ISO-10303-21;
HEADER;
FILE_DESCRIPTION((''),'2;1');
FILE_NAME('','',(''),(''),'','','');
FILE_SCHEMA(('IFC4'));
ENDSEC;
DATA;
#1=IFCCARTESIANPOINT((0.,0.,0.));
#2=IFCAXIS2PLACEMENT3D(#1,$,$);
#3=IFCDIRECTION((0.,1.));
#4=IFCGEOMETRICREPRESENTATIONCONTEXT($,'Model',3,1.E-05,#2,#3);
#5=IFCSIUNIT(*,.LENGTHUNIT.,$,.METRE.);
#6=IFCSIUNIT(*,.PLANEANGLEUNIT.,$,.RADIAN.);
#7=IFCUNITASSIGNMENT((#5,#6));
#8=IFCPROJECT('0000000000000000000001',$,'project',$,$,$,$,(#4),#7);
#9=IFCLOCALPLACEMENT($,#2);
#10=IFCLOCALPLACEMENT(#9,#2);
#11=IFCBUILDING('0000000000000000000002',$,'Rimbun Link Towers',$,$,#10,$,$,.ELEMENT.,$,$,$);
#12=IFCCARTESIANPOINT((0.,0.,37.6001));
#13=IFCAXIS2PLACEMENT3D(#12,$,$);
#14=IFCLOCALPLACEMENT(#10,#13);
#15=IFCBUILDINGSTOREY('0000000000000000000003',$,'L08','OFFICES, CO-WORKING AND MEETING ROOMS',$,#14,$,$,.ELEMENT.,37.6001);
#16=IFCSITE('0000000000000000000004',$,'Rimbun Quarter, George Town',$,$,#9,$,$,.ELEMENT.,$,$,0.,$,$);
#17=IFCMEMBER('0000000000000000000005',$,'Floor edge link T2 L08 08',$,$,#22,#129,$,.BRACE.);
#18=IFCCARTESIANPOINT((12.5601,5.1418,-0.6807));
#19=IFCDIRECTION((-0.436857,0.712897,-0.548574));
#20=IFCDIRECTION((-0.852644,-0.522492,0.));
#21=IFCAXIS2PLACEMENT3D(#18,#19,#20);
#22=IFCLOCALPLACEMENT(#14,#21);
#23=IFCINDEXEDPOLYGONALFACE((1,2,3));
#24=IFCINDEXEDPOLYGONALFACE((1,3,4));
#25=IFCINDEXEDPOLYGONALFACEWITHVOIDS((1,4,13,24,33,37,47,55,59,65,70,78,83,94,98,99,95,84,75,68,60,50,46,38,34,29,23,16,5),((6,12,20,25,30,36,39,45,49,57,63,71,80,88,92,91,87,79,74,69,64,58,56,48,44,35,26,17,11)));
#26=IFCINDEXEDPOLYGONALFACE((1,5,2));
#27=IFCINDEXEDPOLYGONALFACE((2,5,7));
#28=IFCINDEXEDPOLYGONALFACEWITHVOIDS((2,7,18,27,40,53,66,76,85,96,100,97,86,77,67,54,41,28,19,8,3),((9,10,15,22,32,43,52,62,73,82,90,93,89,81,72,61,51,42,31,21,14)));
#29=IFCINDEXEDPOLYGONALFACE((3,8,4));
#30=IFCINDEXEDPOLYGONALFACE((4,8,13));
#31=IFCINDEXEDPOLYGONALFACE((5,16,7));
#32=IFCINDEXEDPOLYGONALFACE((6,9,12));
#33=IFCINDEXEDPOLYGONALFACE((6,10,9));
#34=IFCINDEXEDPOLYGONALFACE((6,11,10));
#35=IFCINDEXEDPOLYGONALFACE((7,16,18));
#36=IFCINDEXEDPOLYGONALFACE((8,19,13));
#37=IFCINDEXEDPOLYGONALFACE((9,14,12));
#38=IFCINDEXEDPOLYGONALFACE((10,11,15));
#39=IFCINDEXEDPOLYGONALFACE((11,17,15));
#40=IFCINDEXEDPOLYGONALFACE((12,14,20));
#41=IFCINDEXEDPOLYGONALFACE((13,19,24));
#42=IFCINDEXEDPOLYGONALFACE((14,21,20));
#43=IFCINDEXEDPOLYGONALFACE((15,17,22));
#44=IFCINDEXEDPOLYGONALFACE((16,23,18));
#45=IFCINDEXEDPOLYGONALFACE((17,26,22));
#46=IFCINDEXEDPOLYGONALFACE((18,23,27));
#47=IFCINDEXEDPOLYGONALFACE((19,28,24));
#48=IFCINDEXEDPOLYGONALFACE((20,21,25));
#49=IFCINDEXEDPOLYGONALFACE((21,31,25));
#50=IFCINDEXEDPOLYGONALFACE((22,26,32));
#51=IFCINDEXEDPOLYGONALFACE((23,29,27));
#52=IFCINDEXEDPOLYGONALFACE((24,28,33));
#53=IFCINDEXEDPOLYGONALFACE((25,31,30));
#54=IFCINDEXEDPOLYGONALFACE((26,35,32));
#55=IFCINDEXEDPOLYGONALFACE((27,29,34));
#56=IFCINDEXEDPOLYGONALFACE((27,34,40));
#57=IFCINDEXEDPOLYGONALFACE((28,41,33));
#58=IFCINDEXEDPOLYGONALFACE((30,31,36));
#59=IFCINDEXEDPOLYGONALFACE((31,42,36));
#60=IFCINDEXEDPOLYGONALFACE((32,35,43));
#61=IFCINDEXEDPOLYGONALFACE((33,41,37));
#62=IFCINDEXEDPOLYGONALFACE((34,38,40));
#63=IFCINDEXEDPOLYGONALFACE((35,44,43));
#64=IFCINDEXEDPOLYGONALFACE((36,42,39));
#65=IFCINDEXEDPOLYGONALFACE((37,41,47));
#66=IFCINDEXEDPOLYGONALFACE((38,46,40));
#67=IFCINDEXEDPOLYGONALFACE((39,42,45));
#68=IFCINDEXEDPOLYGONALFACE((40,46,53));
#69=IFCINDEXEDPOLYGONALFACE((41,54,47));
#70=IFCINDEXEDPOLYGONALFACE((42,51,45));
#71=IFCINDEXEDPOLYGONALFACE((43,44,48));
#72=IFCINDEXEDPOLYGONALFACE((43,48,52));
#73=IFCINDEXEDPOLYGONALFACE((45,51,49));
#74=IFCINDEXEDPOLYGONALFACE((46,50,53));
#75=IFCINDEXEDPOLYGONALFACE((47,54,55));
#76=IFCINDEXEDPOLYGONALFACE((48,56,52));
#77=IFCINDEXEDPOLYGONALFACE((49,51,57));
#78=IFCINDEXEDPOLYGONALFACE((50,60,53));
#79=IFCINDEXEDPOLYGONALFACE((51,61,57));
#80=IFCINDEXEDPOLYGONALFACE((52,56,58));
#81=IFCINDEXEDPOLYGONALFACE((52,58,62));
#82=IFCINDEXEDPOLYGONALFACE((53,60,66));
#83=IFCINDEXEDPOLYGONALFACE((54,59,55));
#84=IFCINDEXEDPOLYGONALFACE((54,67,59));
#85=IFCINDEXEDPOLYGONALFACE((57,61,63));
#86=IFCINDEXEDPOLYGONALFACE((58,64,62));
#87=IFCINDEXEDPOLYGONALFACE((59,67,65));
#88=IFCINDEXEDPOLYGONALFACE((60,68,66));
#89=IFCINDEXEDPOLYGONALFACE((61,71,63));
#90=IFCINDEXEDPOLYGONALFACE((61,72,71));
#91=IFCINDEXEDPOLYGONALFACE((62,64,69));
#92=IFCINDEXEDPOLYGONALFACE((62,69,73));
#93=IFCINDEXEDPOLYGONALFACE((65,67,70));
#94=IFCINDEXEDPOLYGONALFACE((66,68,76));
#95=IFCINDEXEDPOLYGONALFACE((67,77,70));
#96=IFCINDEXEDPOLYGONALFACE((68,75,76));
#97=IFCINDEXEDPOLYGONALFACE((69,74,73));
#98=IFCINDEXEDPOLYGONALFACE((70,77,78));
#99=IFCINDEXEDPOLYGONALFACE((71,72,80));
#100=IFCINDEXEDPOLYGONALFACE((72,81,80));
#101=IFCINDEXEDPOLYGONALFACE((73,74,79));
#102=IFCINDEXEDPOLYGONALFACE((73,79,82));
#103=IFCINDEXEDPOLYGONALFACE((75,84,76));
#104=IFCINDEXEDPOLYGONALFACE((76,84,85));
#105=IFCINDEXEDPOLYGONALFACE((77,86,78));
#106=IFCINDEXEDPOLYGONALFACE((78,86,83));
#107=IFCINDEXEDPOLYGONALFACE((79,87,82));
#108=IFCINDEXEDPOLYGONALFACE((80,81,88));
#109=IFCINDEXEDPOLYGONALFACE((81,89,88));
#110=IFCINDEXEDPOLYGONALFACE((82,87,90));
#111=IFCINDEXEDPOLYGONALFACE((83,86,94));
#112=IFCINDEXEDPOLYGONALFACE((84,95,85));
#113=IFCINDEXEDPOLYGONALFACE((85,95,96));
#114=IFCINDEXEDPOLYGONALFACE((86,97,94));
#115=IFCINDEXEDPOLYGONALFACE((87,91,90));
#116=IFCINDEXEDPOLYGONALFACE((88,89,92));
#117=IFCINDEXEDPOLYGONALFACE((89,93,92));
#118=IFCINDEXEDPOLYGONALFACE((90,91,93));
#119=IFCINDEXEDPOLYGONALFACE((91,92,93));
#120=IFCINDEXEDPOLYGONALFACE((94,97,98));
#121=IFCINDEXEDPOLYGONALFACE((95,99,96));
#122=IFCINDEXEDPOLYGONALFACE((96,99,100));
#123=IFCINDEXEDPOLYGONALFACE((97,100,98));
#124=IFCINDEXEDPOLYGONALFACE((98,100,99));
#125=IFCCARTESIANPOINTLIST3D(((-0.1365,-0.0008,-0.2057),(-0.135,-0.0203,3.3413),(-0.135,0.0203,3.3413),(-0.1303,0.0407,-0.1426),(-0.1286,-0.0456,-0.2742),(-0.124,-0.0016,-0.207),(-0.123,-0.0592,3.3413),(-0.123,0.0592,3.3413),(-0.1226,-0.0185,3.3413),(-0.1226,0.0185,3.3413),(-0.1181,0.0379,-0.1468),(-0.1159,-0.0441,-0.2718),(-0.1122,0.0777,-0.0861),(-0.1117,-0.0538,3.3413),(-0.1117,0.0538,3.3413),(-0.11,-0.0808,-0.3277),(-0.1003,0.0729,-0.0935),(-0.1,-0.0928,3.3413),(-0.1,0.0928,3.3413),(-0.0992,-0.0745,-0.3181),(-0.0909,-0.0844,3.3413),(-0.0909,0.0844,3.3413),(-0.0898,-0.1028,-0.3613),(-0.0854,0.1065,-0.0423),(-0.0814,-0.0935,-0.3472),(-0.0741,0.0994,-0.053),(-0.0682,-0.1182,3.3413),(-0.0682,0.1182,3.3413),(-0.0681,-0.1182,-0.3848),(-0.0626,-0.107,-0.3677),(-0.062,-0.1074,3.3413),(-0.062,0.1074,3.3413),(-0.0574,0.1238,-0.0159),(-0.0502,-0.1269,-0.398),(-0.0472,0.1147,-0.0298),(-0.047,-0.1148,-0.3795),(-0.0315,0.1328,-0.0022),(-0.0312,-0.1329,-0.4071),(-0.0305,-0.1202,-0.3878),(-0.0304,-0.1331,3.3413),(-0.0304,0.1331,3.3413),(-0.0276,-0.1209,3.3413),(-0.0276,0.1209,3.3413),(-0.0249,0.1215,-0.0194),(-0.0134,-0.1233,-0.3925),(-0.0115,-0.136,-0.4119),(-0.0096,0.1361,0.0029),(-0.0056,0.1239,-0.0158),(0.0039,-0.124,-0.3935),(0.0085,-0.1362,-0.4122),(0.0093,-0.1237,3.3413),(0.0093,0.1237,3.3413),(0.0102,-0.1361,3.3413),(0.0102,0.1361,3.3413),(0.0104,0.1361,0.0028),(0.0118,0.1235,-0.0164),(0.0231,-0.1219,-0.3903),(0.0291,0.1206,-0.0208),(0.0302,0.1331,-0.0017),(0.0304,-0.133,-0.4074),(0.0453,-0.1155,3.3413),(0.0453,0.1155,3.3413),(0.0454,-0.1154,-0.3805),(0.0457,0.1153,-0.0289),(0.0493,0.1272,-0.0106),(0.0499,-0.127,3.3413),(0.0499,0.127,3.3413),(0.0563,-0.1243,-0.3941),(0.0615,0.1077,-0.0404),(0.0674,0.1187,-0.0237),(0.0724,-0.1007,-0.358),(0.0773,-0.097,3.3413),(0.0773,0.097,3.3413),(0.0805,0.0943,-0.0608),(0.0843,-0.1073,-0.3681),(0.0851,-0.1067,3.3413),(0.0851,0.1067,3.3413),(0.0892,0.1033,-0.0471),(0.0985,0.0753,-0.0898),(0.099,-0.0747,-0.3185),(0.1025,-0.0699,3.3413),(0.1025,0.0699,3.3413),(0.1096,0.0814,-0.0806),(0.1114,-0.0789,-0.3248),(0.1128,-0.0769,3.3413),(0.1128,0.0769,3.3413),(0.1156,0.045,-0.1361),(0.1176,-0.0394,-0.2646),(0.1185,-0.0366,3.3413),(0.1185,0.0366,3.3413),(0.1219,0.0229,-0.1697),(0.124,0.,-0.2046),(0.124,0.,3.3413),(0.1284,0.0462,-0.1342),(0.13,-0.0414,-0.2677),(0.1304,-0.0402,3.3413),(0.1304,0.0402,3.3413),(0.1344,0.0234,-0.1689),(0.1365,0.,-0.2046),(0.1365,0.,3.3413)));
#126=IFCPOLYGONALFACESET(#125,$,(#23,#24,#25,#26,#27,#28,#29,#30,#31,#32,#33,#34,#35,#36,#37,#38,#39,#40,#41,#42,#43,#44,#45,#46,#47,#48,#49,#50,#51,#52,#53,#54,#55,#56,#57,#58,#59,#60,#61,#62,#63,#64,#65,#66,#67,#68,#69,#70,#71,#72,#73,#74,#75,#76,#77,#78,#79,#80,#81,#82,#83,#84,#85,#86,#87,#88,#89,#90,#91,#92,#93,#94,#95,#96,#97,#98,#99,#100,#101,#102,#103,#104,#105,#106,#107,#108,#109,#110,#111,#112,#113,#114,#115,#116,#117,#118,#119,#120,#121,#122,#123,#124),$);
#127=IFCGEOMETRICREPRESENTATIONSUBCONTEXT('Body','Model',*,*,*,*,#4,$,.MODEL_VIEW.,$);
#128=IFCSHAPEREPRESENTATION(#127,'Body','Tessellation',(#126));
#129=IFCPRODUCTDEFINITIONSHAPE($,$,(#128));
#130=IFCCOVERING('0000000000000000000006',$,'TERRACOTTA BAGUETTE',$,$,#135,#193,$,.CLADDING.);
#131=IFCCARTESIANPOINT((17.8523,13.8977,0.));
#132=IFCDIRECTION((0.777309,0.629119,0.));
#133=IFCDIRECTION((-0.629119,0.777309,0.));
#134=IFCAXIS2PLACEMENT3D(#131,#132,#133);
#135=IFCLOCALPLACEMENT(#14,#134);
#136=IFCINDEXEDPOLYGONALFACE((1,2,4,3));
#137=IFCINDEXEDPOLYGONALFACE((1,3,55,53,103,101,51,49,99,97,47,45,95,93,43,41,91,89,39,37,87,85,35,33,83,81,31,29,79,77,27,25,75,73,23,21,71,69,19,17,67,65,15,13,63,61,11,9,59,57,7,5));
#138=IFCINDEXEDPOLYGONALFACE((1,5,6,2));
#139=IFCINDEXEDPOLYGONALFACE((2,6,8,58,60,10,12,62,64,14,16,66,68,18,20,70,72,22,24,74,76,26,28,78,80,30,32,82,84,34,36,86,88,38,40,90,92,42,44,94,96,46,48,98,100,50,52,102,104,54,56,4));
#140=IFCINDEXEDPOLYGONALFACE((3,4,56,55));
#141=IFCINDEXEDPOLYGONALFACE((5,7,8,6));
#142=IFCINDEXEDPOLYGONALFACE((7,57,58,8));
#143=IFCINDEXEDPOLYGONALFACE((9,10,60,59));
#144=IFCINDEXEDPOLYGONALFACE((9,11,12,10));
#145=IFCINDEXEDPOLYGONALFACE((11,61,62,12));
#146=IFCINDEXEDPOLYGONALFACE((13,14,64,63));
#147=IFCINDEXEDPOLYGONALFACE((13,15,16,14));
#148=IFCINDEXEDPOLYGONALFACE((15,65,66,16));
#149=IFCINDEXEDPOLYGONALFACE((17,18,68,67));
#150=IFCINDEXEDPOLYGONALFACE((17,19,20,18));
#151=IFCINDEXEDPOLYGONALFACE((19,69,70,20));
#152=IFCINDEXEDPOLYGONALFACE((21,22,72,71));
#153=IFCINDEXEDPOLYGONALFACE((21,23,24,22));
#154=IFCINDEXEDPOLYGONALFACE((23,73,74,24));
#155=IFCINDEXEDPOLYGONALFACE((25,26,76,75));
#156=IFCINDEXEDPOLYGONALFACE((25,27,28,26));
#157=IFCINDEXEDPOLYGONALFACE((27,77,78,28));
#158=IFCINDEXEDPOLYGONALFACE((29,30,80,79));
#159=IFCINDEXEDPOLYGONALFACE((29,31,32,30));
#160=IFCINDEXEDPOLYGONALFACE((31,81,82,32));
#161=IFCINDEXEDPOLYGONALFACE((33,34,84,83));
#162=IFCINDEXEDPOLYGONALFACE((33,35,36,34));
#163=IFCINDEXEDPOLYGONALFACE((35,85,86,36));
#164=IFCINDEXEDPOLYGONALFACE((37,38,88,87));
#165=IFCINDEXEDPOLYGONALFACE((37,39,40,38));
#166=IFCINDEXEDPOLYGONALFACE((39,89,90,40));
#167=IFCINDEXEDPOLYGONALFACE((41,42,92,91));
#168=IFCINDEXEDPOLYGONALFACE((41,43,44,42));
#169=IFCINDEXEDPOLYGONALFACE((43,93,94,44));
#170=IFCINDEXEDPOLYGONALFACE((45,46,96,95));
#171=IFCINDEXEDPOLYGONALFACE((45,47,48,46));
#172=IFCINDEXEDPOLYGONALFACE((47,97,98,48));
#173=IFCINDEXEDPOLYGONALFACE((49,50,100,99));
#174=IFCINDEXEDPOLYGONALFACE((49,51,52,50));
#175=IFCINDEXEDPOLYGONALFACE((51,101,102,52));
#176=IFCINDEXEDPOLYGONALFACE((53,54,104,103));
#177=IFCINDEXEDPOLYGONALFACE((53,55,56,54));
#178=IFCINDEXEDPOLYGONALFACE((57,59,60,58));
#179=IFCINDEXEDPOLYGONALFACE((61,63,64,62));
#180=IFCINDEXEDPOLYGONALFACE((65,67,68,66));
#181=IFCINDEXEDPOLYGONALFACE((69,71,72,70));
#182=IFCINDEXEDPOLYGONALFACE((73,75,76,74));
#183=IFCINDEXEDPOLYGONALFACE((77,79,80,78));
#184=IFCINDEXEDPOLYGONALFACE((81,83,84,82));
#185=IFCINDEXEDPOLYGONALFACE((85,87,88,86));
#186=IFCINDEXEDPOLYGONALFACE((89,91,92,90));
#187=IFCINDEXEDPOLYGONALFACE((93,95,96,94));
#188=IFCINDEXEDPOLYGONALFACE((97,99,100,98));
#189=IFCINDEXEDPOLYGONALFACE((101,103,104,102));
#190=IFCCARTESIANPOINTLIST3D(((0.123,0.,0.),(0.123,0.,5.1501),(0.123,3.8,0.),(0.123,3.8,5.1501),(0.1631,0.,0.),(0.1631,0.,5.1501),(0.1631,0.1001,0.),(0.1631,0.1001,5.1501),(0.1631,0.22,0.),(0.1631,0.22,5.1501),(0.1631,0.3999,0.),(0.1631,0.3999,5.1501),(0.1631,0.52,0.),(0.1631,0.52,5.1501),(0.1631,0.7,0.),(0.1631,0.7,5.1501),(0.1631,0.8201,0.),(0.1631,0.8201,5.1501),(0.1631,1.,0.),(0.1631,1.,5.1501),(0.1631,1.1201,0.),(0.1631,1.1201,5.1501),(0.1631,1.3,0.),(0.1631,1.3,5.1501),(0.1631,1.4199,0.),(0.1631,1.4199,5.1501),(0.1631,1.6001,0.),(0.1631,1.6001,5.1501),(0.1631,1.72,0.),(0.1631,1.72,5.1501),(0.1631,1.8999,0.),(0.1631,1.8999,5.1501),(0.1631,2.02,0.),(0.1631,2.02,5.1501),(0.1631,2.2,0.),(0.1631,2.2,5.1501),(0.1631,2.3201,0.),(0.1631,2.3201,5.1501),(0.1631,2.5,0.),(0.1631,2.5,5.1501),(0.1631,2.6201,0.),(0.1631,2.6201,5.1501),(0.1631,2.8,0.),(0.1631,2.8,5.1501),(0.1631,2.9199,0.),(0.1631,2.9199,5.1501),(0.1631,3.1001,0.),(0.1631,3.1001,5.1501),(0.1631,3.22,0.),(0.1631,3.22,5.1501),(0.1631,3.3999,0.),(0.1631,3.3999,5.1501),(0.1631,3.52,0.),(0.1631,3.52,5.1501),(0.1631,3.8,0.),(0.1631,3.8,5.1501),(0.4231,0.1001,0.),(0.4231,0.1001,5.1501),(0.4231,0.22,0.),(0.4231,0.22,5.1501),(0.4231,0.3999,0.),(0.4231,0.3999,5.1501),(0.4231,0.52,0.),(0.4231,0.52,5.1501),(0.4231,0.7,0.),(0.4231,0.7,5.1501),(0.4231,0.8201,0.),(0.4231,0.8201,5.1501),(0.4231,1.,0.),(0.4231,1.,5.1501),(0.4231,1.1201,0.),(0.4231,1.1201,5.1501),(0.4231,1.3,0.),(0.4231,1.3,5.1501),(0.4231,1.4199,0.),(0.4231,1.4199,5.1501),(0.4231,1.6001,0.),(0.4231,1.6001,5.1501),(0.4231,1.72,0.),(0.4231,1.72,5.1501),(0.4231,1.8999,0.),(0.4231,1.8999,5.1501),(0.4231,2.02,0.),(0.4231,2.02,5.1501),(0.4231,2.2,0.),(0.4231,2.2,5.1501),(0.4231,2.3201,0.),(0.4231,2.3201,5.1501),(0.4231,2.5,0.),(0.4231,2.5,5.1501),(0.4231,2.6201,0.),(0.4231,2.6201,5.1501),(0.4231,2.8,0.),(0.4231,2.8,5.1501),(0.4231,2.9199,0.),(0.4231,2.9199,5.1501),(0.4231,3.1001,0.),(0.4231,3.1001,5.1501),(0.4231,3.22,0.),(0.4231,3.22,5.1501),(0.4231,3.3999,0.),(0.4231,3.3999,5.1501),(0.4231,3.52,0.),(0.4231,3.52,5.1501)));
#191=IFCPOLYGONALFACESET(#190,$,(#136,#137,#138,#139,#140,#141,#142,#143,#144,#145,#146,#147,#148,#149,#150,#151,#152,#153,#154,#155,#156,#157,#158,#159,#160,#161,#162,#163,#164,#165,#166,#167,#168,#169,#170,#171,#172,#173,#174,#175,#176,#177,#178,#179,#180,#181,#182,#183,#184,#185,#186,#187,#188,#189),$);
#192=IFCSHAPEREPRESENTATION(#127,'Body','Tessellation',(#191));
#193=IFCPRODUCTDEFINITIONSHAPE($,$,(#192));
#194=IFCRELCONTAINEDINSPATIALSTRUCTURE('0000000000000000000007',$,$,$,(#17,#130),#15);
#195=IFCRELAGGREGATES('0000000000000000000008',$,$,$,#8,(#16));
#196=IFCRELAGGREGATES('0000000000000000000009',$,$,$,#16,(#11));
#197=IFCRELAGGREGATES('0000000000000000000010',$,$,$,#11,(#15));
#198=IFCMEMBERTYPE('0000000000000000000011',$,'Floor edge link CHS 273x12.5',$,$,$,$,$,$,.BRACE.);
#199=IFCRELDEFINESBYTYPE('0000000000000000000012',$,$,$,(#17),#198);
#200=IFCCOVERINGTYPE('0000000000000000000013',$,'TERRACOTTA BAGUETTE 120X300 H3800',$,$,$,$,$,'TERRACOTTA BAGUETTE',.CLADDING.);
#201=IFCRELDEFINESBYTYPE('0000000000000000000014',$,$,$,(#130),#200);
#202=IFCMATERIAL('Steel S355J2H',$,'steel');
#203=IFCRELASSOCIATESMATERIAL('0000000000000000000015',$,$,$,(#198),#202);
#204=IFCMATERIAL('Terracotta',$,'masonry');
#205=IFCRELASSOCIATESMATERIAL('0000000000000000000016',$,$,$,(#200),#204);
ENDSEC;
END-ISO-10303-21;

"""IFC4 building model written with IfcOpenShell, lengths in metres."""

from ifc_helpers import new_model, si_unit, direction, frame, origin, origin_2d, place, context, subcontext, project, spatial, polyline, hollow_circle, outline, extrude, clip, halfspace, material, material_profile, profile_set, type_object, element, save


model = new_model("IFC4")

# Units and contexts
model_context = context("Model", 3, precision=1e-05, world=origin(), true_north=direction((0.0, 1.0)))
body_context = subcontext(model_context, "Body", "Model", "MODEL_VIEW")
ifc_project = project(units=[si_unit("LENGTHUNIT", "METRE"), si_unit("PLANEANGLEUNIT", "RADIAN")], contexts=[model_context])

# Site, building, storey
site_placement = place(None, origin())
site = spatial("IfcSite", under=ifc_project, at=site_placement, Name="Rimbun Quarter, George Town", CompositionType="ELEMENT", RefElevation=0.0)
building_placement = place(site_placement, origin())
building = spatial("IfcBuilding", under=site, at=building_placement, Name="Rimbun Link Towers", CompositionType="ELEMENT")
storey_placement = place(building_placement, frame((0.0, 0.0, 37.6001)))
storey = spatial("IfcBuildingStorey", under=building, at=storey_placement, Name="L08", Description="OFFICES, CO-WORKING AND MEETING ROOMS", CompositionType="ELEMENT", Elevation=37.6001)

# Member
ifc_material_1 = material(Name="Steel S355J2H", Category="steel")
ifc_material_profile_1 = material_profile(ifc_material_1, hollow_circle(Radius=0.1365, WallThickness=0.0125, at=origin_2d()), Name="CHS 273x12.5")
ifc_profile_set_1 = profile_set([ifc_material_profile_1], Name="Steel S355J2H")
member_type_1 = type_object("IfcMemberType", Name="Floor edge link CHS 273x12.5", PredefinedType="BRACE", material=ifc_profile_set_1)
member_1_placement = place(storey_placement, frame((12.5601, 5.1418, -0.6807), z_axis=(-0.436857, 0.712897, -0.548574), x_axis=(-0.852644, -0.522492, 0.0)))
element("IfcMember", 1, at=member_1_placement, inside=storey, type_object=member_type_1, Name="Floor edge link T2 L08 08", PredefinedType="BRACE", context=body_context, shape_type="Clipping", body=[
    clip(extrude(hollow_circle(Radius=0.1365, WallThickness=0.0125, at=origin_2d()), frame((0.0, 0.0, -0.4343)), (0.0, 0.0, 1.0), 3.7756), halfspace(frame((0.0, 0.0, -0.2046), z_axis=(0.0, 0.836102, -0.548574)), False)),
])

# Covering
ifc_material_2 = material(Name="Terracotta", Category="masonry")
ifc_material_profile_2 = material_profile(ifc_material_2, outline(polyline([(0.123, 0.0), (0.1631, 0.0), (0.1631, 0.1001), (0.4231, 0.1001), (0.4231, 0.22), (0.1631, 0.22), (0.1631, 0.3999), (0.4231, 0.3999), (0.4231, 0.52), (0.1631, 0.52), (0.1631, 0.7), (0.4231, 0.7), (0.4231, 0.8201), (0.1631, 0.8201), (0.1631, 1.0), (0.4231, 1.0), (0.4231, 1.1201), (0.1631, 1.1201), (0.1631, 1.3), (0.4231, 1.3), (0.4231, 1.4199), (0.1631, 1.4199), (0.1631, 1.6001), (0.4231, 1.6001), (0.4231, 1.72), (0.1631, 1.72), (0.1631, 1.8999), (0.4231, 1.8999), (0.4231, 2.02), (0.1631, 2.02), (0.1631, 2.2), (0.4231, 2.2), (0.4231, 2.3201), (0.1631, 2.3201), (0.1631, 2.5), (0.4231, 2.5), (0.4231, 2.6201), (0.1631, 2.6201), (0.1631, 2.8), (0.4231, 2.8), (0.4231, 2.9199), (0.1631, 2.9199), (0.1631, 3.1001), (0.4231, 3.1001), (0.4231, 3.22), (0.1631, 3.22), (0.1631, 3.3999), (0.4231, 3.3999), (0.4231, 3.52), (0.1631, 3.52), (0.1631, 3.8), (0.123, 3.8), (0.123, 0.0)])), Name="BAGUETTE 120X300")
ifc_profile_set_2 = profile_set([ifc_material_profile_2], Name="Terracotta")
covering_type_1 = type_object("IfcCoveringType", Name="TERRACOTTA BAGUETTE 120X300 H3800", ElementType="TERRACOTTA BAGUETTE", PredefinedType="CLADDING", material=ifc_profile_set_2)
for number, where, z_axis, x_axis, name in (
    (2, (17.8523, 13.8977, 0.0), (0.777309, 0.629119, 0.0), (-0.629119, 0.777309, 0.0), "TERRACOTTA BAGUETTE"),
):
    element("IfcCovering", number, at=place(storey_placement, frame(where, z_axis=z_axis, x_axis=x_axis)), inside=storey, type_object=covering_type_1, Name=name, PredefinedType="CLADDING", context=body_context, shape_type="SweptSolid", body=[
        extrude(outline(polyline([(0.123, 0.0), (0.1631, 0.0), (0.1631, 0.1001), (0.4231, 0.1001), (0.4231, 0.22), (0.1631, 0.22), (0.1631, 0.3999), (0.4231, 0.3999), (0.4231, 0.52), (0.1631, 0.52), (0.1631, 0.7), (0.4231, 0.7), (0.4231, 0.8201), (0.1631, 0.8201), (0.1631, 1.0), (0.4231, 1.0), (0.4231, 1.1201), (0.1631, 1.1201), (0.1631, 1.3), (0.4231, 1.3), (0.4231, 1.4199), (0.1631, 1.4199), (0.1631, 1.6001), (0.4231, 1.6001), (0.4231, 1.72), (0.1631, 1.72), (0.1631, 1.8999), (0.4231, 1.8999), (0.4231, 2.02), (0.1631, 2.02), (0.1631, 2.2), (0.4231, 2.2), (0.4231, 2.3201), (0.1631, 2.3201), (0.1631, 2.5), (0.4231, 2.5), (0.4231, 2.6201), (0.1631, 2.6201), (0.1631, 2.8), (0.4231, 2.8), (0.4231, 2.9199), (0.1631, 2.9199), (0.1631, 3.1001), (0.4231, 3.1001), (0.4231, 3.22), (0.1631, 3.22), (0.1631, 3.3999), (0.4231, 3.3999), (0.4231, 3.52), (0.1631, 3.52), (0.1631, 3.8), (0.123, 3.8), (0.123, 0.0)])), origin(), (0.0, 0.0, 1.0), 5.1501),
    ])

save(model, "model.ifc")
